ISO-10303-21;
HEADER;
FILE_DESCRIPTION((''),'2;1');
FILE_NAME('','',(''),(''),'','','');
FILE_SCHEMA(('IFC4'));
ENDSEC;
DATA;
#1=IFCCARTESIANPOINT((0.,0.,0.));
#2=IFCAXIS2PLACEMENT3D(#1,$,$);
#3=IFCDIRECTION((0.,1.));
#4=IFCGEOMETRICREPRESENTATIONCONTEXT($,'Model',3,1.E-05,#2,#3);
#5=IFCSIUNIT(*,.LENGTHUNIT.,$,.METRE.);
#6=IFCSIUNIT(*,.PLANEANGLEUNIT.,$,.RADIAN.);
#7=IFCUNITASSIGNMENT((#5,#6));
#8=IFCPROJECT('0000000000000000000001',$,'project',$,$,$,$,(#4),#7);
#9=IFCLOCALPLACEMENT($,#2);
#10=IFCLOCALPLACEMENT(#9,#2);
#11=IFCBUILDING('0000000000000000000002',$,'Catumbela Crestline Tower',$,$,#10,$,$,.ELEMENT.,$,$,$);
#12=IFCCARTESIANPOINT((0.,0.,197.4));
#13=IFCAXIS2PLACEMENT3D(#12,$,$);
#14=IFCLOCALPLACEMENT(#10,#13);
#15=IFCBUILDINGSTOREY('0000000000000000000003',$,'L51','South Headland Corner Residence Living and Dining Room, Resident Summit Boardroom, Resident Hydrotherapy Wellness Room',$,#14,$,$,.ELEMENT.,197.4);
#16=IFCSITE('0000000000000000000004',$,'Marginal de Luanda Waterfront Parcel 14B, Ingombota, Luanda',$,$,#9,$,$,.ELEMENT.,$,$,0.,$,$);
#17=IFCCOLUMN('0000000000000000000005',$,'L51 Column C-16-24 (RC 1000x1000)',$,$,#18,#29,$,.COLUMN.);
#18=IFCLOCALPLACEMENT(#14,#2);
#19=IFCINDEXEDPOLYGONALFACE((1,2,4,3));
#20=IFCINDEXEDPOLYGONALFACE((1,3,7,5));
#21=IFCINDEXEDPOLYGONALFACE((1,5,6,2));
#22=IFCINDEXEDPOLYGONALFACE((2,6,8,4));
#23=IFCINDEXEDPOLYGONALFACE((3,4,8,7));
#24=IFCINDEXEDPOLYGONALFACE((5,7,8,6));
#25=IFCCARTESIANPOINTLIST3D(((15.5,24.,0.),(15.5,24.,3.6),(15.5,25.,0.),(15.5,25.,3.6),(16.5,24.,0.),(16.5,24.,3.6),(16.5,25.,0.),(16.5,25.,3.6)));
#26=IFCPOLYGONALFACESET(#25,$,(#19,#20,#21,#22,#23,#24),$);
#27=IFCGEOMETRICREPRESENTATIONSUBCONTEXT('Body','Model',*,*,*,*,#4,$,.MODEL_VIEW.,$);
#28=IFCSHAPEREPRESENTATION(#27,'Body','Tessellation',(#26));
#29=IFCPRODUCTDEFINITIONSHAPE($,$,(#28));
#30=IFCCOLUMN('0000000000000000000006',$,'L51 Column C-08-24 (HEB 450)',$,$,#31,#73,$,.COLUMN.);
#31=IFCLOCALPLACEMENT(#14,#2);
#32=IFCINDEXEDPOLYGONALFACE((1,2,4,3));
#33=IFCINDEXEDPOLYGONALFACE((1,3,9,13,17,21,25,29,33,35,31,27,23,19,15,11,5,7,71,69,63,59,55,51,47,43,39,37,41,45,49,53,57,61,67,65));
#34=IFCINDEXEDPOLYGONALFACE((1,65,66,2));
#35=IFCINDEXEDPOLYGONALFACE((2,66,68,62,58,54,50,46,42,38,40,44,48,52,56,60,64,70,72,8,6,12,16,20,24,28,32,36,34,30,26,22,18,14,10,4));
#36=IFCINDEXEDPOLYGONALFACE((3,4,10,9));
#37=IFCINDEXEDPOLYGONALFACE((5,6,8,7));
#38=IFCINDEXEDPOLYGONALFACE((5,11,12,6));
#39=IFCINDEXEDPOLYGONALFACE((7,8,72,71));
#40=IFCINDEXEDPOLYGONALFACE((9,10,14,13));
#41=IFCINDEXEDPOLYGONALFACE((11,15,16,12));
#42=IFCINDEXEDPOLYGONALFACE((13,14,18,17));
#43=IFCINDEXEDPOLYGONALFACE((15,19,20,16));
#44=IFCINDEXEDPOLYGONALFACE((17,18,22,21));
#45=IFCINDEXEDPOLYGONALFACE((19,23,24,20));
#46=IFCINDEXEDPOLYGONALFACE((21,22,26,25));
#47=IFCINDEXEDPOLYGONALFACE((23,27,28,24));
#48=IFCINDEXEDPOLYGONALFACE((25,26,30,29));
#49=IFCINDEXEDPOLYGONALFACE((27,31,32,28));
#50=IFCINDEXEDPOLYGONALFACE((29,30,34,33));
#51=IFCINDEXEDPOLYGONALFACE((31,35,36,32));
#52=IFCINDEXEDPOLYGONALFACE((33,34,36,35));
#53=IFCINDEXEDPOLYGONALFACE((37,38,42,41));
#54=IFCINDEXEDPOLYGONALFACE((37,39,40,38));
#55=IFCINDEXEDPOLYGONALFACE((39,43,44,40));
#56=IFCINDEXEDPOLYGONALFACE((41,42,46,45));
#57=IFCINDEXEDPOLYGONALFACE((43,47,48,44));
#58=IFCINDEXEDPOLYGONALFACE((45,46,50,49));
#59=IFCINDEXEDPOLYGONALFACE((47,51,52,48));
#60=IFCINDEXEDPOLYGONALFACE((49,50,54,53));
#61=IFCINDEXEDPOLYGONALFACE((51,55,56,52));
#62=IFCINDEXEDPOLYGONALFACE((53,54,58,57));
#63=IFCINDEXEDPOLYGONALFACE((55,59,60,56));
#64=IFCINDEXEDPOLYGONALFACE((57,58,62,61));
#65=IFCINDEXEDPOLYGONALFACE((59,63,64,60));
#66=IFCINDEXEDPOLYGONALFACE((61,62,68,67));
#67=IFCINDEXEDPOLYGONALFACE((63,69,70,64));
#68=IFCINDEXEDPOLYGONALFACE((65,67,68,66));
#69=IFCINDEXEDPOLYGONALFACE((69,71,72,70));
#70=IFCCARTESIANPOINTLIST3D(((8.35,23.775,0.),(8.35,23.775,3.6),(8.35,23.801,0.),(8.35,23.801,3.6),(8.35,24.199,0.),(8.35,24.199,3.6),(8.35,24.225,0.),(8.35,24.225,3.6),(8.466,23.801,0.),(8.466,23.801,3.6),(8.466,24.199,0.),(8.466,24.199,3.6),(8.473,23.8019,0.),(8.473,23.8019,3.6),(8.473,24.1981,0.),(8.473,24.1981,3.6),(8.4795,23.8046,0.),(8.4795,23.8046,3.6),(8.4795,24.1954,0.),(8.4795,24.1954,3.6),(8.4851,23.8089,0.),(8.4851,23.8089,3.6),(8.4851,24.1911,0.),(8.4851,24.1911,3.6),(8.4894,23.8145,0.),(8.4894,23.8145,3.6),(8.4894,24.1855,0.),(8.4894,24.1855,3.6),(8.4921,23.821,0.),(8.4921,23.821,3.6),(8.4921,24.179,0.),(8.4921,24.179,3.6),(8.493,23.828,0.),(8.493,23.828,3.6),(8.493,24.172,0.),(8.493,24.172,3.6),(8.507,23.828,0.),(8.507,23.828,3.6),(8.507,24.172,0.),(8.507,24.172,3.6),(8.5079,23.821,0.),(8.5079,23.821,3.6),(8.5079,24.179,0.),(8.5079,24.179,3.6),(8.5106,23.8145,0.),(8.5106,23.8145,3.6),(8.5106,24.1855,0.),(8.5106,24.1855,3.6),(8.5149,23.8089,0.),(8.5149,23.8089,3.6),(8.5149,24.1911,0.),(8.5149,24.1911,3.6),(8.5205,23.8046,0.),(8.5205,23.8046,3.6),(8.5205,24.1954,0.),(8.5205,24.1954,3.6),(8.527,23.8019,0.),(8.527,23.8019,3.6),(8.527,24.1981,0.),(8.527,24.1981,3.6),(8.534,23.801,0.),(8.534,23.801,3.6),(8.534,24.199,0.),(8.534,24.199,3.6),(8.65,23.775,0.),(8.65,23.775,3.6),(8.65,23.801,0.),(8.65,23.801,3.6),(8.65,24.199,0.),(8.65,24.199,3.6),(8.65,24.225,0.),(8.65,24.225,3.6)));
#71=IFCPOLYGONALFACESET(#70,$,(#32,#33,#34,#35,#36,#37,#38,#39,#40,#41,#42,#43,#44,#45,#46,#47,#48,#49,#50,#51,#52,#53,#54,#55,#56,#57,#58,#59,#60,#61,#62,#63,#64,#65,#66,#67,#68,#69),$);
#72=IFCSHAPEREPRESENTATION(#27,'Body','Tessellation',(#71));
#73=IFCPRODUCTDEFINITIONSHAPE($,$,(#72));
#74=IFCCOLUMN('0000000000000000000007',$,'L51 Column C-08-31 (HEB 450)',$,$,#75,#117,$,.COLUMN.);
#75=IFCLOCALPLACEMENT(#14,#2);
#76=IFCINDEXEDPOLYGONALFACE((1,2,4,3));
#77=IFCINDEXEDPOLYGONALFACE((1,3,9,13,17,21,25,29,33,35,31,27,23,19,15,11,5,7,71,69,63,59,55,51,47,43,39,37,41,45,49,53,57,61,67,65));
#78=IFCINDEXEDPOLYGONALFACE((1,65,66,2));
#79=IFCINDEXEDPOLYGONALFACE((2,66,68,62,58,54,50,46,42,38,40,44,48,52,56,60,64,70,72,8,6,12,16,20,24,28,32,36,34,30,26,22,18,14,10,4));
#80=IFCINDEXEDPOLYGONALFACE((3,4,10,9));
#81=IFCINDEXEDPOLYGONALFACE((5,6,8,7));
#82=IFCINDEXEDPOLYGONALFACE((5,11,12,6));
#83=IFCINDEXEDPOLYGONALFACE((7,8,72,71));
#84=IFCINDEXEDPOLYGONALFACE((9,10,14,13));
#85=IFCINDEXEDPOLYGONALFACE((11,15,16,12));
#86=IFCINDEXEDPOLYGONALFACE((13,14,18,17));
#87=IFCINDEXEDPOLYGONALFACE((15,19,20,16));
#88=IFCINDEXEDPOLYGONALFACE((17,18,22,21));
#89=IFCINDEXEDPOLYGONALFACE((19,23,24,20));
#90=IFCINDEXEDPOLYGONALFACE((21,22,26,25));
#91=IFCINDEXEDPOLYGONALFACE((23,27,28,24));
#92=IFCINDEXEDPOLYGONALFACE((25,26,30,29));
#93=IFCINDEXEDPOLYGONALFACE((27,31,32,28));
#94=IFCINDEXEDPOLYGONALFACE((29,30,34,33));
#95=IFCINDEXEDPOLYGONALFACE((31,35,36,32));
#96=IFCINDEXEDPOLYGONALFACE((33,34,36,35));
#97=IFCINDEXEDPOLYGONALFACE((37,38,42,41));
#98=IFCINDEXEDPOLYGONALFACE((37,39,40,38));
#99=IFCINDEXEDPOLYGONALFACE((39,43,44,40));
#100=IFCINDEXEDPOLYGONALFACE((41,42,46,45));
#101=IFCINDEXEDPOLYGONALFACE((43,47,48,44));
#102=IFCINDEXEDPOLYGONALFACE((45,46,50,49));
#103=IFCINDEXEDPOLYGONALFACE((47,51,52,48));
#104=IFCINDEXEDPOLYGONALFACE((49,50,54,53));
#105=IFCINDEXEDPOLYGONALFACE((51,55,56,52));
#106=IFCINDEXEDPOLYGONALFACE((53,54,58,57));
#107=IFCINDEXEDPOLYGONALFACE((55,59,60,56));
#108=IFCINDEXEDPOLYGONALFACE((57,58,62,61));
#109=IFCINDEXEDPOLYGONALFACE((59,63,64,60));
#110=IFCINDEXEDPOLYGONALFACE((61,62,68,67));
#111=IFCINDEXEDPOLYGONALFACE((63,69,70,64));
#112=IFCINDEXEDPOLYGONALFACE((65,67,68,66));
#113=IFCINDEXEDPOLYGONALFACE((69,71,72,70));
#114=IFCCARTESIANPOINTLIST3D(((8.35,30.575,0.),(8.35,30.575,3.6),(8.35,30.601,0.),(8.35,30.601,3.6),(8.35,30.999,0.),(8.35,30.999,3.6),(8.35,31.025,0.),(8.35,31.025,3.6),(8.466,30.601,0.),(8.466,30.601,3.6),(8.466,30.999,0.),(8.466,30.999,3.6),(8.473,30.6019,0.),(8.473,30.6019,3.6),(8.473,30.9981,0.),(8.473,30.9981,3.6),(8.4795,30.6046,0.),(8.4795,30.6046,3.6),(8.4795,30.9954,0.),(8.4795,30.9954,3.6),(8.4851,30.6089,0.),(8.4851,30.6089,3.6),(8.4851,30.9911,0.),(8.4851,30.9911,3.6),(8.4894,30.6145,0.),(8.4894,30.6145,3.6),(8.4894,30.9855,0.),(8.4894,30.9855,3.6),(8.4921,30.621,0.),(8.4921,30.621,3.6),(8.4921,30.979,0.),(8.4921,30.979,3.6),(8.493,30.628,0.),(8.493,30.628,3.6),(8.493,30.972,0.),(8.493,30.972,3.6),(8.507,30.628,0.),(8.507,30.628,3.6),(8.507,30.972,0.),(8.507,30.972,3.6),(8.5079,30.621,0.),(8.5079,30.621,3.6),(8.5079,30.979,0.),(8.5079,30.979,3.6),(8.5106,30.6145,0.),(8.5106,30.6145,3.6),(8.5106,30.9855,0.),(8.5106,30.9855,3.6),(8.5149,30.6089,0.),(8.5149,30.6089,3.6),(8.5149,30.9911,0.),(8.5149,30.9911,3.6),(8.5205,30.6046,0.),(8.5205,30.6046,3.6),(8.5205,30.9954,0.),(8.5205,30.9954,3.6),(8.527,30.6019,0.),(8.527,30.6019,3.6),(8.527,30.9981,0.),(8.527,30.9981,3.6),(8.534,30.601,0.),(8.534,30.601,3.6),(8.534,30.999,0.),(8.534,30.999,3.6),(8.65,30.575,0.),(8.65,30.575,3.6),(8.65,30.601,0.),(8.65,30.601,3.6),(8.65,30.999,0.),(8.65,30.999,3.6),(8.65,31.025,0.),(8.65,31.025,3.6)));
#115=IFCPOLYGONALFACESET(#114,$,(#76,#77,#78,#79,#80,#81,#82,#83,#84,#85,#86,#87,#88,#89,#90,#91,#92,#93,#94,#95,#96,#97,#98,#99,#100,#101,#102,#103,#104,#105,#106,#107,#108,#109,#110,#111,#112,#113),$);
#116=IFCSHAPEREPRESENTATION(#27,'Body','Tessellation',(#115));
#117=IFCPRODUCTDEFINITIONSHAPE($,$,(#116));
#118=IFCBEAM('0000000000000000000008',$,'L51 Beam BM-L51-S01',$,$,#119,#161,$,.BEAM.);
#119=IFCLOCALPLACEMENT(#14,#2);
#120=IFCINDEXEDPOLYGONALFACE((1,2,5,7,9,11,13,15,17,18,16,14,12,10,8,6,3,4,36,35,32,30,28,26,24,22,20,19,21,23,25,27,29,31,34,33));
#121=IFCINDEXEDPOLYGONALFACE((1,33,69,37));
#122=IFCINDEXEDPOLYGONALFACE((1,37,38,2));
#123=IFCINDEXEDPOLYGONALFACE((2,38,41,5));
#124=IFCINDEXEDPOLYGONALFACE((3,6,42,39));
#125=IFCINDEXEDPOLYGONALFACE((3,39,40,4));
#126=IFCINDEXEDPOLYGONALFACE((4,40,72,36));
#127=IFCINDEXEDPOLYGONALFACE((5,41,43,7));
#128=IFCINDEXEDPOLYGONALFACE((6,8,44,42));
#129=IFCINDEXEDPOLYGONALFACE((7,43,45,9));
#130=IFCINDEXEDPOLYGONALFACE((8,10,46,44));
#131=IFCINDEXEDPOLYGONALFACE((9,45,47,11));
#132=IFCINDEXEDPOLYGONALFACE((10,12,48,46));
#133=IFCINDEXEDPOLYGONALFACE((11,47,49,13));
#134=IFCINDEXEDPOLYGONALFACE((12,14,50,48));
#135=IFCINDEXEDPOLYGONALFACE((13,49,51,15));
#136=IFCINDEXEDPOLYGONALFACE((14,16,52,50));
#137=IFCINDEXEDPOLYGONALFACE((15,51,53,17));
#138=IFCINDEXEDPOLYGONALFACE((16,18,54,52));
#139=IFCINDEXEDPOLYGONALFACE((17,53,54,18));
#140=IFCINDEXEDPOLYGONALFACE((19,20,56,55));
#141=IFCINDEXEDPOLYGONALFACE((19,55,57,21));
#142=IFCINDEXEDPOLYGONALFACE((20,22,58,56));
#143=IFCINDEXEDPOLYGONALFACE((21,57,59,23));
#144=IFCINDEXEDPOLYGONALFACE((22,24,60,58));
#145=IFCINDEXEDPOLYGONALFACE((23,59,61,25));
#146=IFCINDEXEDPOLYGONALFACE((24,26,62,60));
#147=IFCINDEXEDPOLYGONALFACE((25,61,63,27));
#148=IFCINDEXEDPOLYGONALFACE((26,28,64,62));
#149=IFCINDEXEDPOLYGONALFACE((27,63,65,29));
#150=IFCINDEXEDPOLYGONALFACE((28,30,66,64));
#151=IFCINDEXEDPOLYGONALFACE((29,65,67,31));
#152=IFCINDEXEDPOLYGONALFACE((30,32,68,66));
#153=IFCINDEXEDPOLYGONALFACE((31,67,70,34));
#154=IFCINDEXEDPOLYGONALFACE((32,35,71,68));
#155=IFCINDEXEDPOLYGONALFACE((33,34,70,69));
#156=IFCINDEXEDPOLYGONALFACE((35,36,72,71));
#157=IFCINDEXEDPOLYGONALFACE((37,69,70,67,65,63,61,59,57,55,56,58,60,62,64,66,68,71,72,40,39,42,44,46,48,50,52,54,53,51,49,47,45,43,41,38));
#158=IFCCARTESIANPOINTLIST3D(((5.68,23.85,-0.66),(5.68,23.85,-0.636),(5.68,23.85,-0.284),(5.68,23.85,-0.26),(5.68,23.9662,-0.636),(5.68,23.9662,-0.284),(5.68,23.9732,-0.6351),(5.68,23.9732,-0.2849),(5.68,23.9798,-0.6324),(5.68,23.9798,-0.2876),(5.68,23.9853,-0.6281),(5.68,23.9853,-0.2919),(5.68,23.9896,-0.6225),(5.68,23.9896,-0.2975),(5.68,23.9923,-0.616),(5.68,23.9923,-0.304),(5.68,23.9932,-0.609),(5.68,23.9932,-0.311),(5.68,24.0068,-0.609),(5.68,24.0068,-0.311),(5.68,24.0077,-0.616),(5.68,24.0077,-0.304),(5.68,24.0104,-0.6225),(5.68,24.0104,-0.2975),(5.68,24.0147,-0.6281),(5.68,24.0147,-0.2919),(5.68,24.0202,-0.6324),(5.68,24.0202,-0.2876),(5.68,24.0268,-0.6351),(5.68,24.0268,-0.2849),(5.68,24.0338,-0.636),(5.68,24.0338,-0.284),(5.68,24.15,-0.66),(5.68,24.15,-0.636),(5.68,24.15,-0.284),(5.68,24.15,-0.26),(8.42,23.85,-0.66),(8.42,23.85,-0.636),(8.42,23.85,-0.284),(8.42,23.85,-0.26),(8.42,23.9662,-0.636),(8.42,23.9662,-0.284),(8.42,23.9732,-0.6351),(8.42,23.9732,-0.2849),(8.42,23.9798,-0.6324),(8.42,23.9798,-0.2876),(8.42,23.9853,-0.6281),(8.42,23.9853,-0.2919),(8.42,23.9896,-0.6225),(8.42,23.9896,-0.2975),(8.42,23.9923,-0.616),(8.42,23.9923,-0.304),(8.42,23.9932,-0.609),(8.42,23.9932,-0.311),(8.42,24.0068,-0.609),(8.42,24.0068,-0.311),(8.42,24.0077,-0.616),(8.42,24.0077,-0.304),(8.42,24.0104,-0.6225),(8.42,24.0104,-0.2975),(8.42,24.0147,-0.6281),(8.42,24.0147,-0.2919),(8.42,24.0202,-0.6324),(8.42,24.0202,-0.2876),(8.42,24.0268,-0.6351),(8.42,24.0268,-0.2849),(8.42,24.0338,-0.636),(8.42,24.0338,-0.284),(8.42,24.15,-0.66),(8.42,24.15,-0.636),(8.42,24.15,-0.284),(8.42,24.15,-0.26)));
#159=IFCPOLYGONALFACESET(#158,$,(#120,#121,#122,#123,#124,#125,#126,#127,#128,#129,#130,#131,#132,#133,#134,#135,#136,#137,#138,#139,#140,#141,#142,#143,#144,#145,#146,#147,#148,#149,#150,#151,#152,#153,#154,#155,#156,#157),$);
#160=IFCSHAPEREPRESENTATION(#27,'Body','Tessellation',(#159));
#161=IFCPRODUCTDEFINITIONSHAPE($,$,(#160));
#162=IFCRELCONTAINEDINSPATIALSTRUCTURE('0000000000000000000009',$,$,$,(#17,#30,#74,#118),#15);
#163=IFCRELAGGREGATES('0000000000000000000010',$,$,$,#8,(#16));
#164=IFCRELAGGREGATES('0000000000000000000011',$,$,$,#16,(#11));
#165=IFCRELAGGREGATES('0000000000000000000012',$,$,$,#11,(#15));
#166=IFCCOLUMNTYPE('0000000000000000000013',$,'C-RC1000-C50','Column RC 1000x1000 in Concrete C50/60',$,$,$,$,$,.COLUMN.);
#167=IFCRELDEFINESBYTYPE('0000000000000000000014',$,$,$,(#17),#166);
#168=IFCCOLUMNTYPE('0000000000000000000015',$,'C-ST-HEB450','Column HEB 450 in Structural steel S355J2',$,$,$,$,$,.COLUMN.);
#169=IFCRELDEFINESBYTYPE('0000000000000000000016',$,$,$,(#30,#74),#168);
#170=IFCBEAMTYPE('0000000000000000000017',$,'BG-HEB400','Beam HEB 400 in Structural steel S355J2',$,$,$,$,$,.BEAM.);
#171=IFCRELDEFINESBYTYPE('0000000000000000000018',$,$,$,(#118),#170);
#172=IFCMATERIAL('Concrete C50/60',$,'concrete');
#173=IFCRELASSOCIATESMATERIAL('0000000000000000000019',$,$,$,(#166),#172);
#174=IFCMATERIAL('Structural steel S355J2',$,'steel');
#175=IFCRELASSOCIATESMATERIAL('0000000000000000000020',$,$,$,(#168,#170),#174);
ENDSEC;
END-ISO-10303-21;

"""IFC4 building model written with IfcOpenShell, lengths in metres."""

from ifc_helpers import new_model, si_unit, direction, frame, origin, origin_2d, place, context, subcontext, project, spatial, rectangle, i_section, extrude, material, material_profile, profile_set, type_object, element, save


model = new_model("IFC4")

# Units and contexts
model_context = context("Model", 3, precision=1e-05, world=origin(), true_north=direction((0.0, 1.0)))
body_context = subcontext(model_context, "Body", "Model", "MODEL_VIEW")
ifc_project = project(units=[si_unit("LENGTHUNIT", "METRE"), si_unit("PLANEANGLEUNIT", "RADIAN")], contexts=[model_context])

# Site, building, storey
site_placement = place(None, origin())
site = spatial("IfcSite", under=ifc_project, at=site_placement, Name="Marginal de Luanda Waterfront Parcel 14B, Ingombota, Luanda", CompositionType="ELEMENT", RefElevation=0.0)
building_placement = place(site_placement, origin())
building = spatial("IfcBuilding", under=site, at=building_placement, Name="Catumbela Crestline Tower", CompositionType="ELEMENT")
storey_placement = place(building_placement, frame((0.0, 0.0, 197.4)))
storey = spatial("IfcBuildingStorey", under=building, at=storey_placement, Name="L51", Description="South Headland Corner Residence Living and Dining Room, Resident Summit Boardroom, Resident Hydrotherapy Wellness Room", CompositionType="ELEMENT", Elevation=197.4)

# Columns
ifc_material_1 = material(Name="Concrete C50/60", Category="concrete")
ifc_material_profile_1 = material_profile(ifc_material_1, rectangle(XDim=1.0, YDim=1.0, at=origin_2d()), Name="RC 1000x1000")
ifc_profile_set_1 = profile_set([ifc_material_profile_1], Name="Concrete C50/60")
column_type_1 = type_object("IfcColumnType", Name="C-RC1000-C50", Description="Column RC 1000x1000 in Concrete C50/60", PredefinedType="COLUMN", material=ifc_profile_set_1)
column_placement = place(storey_placement, frame((16.0, 24.5, 0.0), z_axis=(0.0, 0.0, 1.0), x_axis=(1.0, 0.0, 0.0)))
element("IfcColumn", 1, at=column_placement, inside=storey, type_object=column_type_1, Name="L51 Column C-16-24 (RC 1000x1000)", PredefinedType="COLUMN", context=body_context, shape_type="SweptSolid", body=[
    extrude(rectangle(XDim=1.0, YDim=1.0, at=origin_2d()), origin(), (0.0, 0.0, 1.0), 3.6),
])
ifc_material_2 = material(Name="Structural steel S355J2", Category="steel")
ifc_material_profile_2 = material_profile(ifc_material_2, i_section(OverallWidth=0.3, OverallDepth=0.45, WebThickness=0.014, FlangeThickness=0.026, FilletRadius=0.027, at=origin_2d()), Name="HEB 450")
ifc_profile_set_2 = profile_set([ifc_material_profile_2], Name="Structural steel S355J2")
column_type_2 = type_object("IfcColumnType", Name="C-ST-HEB450", Description="Column HEB 450 in Structural steel S355J2", PredefinedType="COLUMN", material=ifc_profile_set_2)
for number, where, z_axis, x_axis, name in (
    (2, (8.5, 24.0, 0.0), (0.0, 0.0, 1.0), (1.0, 0.0, 0.0), "L51 Column C-08-24 (HEB 450)"),
    (3, (8.5, 30.8, 0.0), (0.0, 0.0, 1.0), (1.0, 0.0, 0.0), "L51 Column C-08-31 (HEB 450)"),
):
    element("IfcColumn", number, at=place(storey_placement, frame(where, z_axis=z_axis, x_axis=x_axis)), inside=storey, type_object=column_type_2, Name=name, PredefinedType="COLUMN", context=body_context, shape_type="SweptSolid", body=[
        extrude(i_section(OverallWidth=0.3, OverallDepth=0.45, WebThickness=0.014, FlangeThickness=0.026, FilletRadius=0.027, at=origin_2d()), origin(), (0.0, 0.0, 1.0), 3.6),
    ])

# Beam
ifc_material_profile_3 = material_profile(ifc_material_2, i_section(OverallWidth=0.3, OverallDepth=0.4, WebThickness=0.0135, FlangeThickness=0.024, FilletRadius=0.027, at=origin_2d()), Name="HEB 400")
ifc_profile_set_3 = profile_set([ifc_material_profile_3], Name="Structural steel S355J2")
beam_type_1 = type_object("IfcBeamType", Name="BG-HEB400", Description="Beam HEB 400 in Structural steel S355J2", PredefinedType="BEAM", material=ifc_profile_set_3)
beam_1_placement = place(storey_placement, frame((5.68, 24.0, -0.46), z_axis=(1.0, 0.0, 0.0), x_axis=(0.0, 1.0, 0.0)))
element("IfcBeam", 4, at=beam_1_placement, inside=storey, type_object=beam_type_1, Name="L51 Beam BM-L51-S01", PredefinedType="BEAM", context=body_context, shape_type="SweptSolid", body=[
    extrude(i_section(OverallWidth=0.3, OverallDepth=0.4, WebThickness=0.0135, FlangeThickness=0.024, FilletRadius=0.027, at=origin_2d()), origin(), (0.0, 0.0, 1.0), 2.74),
])

save(model, "model.ifc")
